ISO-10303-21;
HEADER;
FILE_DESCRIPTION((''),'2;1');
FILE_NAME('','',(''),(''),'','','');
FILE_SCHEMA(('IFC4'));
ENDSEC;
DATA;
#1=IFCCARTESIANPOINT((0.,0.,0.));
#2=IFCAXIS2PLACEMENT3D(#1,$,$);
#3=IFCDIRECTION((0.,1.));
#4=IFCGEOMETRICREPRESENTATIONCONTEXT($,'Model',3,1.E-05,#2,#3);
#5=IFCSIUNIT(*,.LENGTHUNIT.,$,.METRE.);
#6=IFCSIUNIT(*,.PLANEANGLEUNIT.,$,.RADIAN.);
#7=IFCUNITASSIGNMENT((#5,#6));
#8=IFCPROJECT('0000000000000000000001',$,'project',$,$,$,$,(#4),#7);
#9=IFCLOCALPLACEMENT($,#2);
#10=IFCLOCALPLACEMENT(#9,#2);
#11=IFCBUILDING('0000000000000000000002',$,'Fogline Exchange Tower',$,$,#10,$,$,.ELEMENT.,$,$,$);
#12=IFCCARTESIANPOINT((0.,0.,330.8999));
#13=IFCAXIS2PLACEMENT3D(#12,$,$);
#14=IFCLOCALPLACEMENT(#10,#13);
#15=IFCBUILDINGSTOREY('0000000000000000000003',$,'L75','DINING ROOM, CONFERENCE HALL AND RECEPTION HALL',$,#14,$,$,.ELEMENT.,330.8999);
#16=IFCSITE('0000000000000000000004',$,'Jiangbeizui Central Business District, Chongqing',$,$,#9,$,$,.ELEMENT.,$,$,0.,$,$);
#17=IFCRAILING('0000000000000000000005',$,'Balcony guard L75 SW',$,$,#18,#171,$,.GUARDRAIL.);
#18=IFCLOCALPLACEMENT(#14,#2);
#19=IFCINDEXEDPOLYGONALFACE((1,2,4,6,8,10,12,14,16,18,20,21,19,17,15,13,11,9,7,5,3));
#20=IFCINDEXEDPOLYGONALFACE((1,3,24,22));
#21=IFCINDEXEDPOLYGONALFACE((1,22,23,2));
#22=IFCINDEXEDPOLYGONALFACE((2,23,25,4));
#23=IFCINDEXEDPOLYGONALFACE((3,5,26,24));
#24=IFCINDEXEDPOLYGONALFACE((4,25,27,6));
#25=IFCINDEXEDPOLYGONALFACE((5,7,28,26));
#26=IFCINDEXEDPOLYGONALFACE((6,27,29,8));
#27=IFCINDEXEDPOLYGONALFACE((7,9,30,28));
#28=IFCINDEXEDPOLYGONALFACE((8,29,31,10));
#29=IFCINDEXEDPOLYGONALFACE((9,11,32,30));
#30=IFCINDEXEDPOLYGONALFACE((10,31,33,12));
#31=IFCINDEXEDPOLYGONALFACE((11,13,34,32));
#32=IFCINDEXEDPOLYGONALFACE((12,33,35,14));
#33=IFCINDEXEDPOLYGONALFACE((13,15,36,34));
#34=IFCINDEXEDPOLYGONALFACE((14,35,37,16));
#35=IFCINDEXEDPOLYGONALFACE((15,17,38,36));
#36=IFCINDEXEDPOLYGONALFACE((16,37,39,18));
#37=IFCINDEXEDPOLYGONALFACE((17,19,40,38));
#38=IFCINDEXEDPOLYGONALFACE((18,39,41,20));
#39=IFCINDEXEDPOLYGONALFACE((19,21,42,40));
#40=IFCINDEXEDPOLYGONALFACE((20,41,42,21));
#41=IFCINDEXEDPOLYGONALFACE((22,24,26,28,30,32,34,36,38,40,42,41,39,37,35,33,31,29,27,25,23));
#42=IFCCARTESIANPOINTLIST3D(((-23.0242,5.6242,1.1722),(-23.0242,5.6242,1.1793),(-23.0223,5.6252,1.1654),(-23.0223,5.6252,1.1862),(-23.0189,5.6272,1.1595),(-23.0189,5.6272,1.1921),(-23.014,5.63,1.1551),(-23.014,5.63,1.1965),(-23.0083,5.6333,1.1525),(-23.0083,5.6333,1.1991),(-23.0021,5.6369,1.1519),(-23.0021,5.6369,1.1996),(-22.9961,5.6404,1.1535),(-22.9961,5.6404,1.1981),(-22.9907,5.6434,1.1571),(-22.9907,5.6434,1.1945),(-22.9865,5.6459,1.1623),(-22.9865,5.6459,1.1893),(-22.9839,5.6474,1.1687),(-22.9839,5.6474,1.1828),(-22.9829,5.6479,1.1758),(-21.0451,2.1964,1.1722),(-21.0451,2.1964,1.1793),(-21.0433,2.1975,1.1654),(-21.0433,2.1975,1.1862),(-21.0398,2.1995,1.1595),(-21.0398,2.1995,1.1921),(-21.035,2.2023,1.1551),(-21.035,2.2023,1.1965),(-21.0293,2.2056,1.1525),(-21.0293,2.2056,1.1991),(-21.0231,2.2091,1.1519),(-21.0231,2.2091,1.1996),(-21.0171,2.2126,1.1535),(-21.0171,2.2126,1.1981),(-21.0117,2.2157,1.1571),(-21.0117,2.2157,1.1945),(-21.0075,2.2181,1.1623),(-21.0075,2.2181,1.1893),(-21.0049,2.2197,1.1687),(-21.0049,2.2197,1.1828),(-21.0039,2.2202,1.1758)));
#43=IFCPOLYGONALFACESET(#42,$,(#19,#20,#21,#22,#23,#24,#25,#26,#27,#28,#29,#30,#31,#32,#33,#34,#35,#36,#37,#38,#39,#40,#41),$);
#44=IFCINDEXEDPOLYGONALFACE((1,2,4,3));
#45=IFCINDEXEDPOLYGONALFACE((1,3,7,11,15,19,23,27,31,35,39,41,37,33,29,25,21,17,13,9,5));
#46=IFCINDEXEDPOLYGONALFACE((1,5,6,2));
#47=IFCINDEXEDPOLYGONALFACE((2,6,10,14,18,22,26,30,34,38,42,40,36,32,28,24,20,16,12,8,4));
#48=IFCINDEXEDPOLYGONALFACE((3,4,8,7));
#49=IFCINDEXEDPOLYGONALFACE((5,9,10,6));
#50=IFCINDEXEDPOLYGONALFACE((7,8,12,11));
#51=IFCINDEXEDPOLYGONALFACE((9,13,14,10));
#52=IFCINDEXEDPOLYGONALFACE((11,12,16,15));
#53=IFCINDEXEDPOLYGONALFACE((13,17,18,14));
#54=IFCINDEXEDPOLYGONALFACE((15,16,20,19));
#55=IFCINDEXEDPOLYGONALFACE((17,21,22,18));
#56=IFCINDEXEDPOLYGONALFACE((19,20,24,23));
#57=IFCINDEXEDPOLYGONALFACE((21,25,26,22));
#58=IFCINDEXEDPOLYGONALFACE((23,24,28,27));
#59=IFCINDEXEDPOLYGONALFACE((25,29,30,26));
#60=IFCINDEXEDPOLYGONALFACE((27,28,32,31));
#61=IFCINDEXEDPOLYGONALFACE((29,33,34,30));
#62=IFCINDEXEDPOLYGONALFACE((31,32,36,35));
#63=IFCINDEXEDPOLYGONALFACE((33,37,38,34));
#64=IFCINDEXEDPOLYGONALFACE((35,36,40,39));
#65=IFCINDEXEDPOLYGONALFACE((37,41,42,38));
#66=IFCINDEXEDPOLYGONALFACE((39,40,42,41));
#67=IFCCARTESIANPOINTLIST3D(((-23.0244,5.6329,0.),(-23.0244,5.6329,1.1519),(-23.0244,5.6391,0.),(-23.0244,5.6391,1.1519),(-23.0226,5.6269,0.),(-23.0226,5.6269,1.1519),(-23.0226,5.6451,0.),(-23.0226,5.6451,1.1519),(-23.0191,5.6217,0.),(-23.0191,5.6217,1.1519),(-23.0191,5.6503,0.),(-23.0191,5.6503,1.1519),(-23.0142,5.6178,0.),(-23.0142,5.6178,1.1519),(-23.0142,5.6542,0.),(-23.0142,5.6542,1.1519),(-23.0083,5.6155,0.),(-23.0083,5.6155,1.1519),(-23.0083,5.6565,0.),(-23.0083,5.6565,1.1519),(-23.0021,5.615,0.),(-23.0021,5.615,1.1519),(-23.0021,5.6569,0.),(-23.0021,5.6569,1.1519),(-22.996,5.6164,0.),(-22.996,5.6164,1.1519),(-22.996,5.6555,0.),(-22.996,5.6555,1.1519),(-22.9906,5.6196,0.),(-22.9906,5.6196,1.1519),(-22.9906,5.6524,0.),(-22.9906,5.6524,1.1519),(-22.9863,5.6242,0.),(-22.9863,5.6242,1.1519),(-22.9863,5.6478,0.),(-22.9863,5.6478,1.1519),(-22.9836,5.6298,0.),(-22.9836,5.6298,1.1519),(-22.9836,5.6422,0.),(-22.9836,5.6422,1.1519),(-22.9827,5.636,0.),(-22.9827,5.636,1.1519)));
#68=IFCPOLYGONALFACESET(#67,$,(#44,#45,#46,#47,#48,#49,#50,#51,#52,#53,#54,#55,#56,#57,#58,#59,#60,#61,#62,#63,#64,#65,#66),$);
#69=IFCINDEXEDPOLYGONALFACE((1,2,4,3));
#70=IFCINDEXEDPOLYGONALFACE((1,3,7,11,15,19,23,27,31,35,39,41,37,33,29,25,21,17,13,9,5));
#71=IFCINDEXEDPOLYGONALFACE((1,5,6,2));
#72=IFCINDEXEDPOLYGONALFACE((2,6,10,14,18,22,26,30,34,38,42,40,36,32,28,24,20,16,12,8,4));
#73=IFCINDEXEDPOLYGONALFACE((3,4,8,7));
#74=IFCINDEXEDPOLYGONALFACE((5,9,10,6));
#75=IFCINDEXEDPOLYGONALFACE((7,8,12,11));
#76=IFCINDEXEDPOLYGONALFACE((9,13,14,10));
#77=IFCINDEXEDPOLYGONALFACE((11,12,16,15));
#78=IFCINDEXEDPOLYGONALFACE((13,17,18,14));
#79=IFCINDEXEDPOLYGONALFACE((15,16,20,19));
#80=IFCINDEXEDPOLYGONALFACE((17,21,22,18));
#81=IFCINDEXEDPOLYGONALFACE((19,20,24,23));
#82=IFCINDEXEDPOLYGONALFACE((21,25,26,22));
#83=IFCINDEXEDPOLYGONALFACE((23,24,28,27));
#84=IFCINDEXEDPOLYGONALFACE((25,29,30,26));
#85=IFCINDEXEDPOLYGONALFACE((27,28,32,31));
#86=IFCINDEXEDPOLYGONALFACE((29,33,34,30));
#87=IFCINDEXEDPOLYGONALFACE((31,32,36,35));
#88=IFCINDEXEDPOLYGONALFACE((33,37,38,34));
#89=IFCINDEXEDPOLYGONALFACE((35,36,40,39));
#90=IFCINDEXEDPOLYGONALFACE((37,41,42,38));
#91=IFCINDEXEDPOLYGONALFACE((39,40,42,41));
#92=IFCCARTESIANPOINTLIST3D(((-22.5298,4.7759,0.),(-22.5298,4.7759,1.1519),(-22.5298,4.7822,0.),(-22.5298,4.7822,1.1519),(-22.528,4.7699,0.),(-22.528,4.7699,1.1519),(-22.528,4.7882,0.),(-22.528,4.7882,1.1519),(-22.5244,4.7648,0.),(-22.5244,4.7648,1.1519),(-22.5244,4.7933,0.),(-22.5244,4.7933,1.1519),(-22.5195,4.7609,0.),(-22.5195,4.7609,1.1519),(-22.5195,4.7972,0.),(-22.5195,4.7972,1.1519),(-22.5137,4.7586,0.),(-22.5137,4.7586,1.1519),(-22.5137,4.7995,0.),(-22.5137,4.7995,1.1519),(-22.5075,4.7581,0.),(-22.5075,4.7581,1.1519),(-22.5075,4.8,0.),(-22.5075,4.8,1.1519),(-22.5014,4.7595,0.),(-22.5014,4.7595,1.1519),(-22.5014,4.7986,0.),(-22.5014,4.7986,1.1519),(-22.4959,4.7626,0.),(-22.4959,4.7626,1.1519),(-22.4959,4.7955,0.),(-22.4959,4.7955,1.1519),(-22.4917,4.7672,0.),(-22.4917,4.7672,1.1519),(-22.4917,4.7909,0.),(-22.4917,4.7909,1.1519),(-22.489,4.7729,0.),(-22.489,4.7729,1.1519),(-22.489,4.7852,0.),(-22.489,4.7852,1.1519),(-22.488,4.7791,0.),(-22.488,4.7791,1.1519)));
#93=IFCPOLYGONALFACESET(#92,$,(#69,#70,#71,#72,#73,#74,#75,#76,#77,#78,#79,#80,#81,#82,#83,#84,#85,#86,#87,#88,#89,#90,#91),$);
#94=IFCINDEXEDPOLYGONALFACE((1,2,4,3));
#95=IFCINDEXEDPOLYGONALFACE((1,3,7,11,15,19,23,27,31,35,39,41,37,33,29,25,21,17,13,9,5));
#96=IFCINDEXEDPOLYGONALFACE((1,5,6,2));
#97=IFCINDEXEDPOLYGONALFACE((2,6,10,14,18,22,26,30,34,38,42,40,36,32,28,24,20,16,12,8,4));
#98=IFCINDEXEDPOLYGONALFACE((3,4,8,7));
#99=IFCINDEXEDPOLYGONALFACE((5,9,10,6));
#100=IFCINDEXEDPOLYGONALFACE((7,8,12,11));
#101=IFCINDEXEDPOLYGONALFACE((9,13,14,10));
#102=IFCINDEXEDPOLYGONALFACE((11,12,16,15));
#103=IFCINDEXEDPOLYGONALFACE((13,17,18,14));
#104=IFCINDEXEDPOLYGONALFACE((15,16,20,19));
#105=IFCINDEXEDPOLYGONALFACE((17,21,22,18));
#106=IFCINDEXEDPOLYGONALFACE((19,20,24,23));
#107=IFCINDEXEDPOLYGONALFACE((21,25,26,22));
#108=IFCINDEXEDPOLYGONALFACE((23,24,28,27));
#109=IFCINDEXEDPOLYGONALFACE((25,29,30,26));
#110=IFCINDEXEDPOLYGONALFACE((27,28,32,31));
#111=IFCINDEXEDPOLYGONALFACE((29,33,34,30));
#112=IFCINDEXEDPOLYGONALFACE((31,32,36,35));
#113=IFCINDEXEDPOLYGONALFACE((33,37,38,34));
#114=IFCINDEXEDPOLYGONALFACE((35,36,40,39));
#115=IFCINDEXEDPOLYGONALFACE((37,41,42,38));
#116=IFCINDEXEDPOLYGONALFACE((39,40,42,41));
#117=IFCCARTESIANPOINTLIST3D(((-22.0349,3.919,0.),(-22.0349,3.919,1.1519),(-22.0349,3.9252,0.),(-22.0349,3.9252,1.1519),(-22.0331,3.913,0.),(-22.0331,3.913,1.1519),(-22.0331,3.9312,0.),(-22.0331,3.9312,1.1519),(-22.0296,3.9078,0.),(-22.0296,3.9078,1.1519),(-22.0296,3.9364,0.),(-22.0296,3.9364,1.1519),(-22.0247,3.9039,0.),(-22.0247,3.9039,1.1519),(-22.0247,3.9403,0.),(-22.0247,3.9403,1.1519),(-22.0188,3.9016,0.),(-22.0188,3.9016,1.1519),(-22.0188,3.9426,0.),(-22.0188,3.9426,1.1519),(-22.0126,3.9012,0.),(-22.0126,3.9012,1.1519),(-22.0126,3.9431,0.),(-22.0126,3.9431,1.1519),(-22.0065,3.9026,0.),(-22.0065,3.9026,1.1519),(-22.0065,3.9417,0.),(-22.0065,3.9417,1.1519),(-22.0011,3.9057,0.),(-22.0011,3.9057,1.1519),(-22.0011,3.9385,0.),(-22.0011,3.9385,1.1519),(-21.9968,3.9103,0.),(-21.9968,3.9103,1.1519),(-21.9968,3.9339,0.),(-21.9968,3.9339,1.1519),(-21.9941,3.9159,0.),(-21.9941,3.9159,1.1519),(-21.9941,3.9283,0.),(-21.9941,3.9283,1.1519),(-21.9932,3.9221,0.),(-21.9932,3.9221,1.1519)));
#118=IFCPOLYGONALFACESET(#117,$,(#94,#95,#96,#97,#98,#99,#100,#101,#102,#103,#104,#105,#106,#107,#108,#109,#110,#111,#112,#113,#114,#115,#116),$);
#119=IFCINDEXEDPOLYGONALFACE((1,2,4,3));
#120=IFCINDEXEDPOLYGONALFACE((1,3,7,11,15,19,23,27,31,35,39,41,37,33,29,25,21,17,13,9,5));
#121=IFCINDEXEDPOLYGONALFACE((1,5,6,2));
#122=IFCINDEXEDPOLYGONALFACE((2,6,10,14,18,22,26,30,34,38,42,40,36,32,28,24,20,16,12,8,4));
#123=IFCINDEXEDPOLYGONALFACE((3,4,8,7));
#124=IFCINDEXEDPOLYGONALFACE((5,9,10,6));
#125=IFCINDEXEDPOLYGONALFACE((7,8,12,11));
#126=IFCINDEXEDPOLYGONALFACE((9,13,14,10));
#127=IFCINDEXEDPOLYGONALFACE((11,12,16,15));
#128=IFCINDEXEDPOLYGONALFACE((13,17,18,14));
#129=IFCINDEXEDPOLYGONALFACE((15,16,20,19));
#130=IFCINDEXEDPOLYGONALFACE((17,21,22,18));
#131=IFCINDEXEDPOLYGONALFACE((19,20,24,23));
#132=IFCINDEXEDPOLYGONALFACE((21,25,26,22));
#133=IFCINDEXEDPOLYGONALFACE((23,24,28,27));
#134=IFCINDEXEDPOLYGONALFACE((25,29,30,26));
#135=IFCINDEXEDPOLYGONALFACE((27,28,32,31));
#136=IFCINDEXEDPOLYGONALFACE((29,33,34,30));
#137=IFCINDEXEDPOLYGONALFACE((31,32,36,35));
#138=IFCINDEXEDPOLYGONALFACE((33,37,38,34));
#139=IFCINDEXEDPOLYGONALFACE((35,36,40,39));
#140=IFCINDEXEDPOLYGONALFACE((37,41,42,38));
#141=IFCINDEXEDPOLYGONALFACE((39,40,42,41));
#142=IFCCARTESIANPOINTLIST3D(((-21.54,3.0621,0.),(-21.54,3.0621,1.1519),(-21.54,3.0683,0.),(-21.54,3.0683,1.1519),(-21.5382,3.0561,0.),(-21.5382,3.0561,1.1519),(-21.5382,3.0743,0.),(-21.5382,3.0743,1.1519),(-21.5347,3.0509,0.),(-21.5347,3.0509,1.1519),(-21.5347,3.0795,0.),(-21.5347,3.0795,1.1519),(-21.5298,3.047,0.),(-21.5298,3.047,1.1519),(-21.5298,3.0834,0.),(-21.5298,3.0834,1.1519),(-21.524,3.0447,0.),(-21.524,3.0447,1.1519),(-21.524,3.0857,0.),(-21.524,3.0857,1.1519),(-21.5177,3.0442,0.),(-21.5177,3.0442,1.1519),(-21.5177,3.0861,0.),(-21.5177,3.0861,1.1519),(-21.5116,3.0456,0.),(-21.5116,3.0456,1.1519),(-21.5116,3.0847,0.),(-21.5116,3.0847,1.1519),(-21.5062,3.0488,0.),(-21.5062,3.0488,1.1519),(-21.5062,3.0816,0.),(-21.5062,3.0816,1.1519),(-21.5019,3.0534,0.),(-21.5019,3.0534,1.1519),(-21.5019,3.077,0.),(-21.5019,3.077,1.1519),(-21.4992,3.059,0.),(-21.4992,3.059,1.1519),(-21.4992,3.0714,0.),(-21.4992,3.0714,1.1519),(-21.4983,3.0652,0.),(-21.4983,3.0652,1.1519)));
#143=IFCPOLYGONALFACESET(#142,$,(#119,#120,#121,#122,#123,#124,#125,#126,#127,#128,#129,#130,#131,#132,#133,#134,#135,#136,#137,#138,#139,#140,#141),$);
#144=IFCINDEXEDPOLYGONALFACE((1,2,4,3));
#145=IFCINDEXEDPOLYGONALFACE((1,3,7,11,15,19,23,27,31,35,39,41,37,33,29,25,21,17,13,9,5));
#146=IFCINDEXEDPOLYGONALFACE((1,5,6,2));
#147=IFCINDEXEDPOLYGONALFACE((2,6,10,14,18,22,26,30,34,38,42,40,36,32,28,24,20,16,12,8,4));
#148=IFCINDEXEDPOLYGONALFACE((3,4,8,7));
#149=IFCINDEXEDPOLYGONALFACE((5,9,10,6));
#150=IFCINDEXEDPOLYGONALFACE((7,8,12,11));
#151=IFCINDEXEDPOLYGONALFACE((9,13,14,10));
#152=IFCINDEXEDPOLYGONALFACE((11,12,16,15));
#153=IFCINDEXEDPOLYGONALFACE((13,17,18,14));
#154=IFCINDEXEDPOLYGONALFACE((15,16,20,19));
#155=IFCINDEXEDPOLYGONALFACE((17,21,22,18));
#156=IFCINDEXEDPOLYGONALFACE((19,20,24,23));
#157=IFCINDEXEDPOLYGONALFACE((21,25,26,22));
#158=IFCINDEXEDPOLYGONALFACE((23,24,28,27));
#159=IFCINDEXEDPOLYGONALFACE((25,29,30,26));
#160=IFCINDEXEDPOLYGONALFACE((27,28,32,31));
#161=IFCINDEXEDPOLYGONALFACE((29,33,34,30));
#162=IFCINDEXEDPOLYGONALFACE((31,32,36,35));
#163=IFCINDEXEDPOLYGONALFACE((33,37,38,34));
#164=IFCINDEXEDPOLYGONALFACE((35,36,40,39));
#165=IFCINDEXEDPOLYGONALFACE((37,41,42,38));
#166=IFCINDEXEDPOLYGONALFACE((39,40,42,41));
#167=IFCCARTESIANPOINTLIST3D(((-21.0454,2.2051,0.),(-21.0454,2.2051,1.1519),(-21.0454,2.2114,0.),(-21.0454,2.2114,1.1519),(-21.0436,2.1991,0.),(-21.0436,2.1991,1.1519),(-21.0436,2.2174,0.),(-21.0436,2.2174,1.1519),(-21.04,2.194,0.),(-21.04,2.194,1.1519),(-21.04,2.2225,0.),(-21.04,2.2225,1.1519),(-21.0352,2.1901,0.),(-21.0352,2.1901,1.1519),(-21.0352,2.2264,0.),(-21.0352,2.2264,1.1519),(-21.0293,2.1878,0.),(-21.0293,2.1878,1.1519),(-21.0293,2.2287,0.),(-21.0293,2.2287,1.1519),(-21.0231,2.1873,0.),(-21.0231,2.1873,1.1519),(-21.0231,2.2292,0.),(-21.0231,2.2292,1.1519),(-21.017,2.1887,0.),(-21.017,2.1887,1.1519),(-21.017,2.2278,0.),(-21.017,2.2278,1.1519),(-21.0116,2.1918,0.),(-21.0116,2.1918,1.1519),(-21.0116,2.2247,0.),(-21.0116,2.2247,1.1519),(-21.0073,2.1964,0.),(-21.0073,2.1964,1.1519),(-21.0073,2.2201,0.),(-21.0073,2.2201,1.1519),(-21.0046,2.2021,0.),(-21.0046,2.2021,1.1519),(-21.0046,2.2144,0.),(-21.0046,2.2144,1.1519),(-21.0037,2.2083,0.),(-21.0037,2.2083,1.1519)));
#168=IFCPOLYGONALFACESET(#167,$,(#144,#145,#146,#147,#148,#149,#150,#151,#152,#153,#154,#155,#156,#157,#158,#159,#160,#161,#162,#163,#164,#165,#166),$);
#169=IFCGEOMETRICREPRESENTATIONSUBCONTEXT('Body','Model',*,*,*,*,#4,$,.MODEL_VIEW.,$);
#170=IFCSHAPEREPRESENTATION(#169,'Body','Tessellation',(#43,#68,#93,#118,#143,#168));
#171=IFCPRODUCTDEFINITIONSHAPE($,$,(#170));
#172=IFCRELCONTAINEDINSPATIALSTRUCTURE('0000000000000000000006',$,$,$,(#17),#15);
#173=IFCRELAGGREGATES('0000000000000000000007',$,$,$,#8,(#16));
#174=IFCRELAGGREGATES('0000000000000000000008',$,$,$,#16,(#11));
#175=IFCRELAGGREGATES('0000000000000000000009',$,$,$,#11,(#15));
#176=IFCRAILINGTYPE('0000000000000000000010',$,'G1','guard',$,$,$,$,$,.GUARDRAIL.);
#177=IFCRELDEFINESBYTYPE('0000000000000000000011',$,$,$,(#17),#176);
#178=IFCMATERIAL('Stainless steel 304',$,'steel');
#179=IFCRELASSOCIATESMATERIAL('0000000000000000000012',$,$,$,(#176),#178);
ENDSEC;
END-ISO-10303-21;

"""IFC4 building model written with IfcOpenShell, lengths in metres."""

from ifc_helpers import new_model, si_unit, direction, frame, origin, origin_2d, place, context, subcontext, project, spatial, circle, extrude, material, type_object, element, save


model = new_model("IFC4")

# Units and contexts
model_context = context("Model", 3, precision=1e-05, world=origin(), true_north=direction((0.0, 1.0)))
body_context = subcontext(model_context, "Body", "Model", "MODEL_VIEW")
ifc_project = project(units=[si_unit("LENGTHUNIT", "METRE"), si_unit("PLANEANGLEUNIT", "RADIAN")], contexts=[model_context])

# Site, building, storey
site_placement = place(None, origin())
site = spatial("IfcSite", under=ifc_project, at=site_placement, Name="Jiangbeizui Central Business District, Chongqing", CompositionType="ELEMENT", RefElevation=0.0)
building_placement = place(site_placement, origin())
building = spatial("IfcBuilding", under=site, at=building_placement, Name="Fogline Exchange Tower", CompositionType="ELEMENT")
storey_placement = place(building_placement, frame((0.0, 0.0, 330.8999)))
storey = spatial("IfcBuildingStorey", under=building, at=storey_placement, Name="L75", Description="DINING ROOM, CONFERENCE HALL AND RECEPTION HALL", CompositionType="ELEMENT", Elevation=330.8999)

# Railing
ifc_material_1 = material(Name="Stainless steel 304", Category="steel")
railing_type = type_object("IfcRailingType", Name="G1", Description="guard", PredefinedType="GUARDRAIL", material=ifc_material_1)
railing_placement = place(storey_placement, frame((-23.0037, 5.636, 0.0)))
element("IfcRailing", 1, at=railing_placement, inside=storey, type_object=railing_type, Name="Balcony guard L75 SW", PredefinedType="GUARDRAIL", context=body_context, shape_type="SweptSolid", body=[
    extrude(circle(Radius=0.0239, at=origin_2d()), frame((0.0, 0.0, 1.1758), z_axis=(0.5, -0.866025, 0.0), x_axis=(0.866025, 0.5, 0.0)), (0.0, 0.0, 1.0), 3.958),
    extrude(circle(Radius=0.021, at=origin_2d()), origin(), (0.0, 0.0, 1.0), 1.1519),
    extrude(circle(Radius=0.021, at=origin_2d()), frame((0.4946, -0.8569, 0.0)), (0.0, 0.0, 1.0), 1.1519),
    extrude(circle(Radius=0.021, at=origin_2d()), frame((0.9895, -1.7139, 0.0)), (0.0, 0.0, 1.0), 1.1519),
    extrude(circle(Radius=0.021, at=origin_2d()), frame((1.4844, -2.5708, 0.0)), (0.0, 0.0, 1.0), 1.1519),
    extrude(circle(Radius=0.021, at=origin_2d()), frame((1.979, -3.4277, 0.0)), (0.0, 0.0, 1.0), 1.1519),
])

save(model, "model.ifc")
